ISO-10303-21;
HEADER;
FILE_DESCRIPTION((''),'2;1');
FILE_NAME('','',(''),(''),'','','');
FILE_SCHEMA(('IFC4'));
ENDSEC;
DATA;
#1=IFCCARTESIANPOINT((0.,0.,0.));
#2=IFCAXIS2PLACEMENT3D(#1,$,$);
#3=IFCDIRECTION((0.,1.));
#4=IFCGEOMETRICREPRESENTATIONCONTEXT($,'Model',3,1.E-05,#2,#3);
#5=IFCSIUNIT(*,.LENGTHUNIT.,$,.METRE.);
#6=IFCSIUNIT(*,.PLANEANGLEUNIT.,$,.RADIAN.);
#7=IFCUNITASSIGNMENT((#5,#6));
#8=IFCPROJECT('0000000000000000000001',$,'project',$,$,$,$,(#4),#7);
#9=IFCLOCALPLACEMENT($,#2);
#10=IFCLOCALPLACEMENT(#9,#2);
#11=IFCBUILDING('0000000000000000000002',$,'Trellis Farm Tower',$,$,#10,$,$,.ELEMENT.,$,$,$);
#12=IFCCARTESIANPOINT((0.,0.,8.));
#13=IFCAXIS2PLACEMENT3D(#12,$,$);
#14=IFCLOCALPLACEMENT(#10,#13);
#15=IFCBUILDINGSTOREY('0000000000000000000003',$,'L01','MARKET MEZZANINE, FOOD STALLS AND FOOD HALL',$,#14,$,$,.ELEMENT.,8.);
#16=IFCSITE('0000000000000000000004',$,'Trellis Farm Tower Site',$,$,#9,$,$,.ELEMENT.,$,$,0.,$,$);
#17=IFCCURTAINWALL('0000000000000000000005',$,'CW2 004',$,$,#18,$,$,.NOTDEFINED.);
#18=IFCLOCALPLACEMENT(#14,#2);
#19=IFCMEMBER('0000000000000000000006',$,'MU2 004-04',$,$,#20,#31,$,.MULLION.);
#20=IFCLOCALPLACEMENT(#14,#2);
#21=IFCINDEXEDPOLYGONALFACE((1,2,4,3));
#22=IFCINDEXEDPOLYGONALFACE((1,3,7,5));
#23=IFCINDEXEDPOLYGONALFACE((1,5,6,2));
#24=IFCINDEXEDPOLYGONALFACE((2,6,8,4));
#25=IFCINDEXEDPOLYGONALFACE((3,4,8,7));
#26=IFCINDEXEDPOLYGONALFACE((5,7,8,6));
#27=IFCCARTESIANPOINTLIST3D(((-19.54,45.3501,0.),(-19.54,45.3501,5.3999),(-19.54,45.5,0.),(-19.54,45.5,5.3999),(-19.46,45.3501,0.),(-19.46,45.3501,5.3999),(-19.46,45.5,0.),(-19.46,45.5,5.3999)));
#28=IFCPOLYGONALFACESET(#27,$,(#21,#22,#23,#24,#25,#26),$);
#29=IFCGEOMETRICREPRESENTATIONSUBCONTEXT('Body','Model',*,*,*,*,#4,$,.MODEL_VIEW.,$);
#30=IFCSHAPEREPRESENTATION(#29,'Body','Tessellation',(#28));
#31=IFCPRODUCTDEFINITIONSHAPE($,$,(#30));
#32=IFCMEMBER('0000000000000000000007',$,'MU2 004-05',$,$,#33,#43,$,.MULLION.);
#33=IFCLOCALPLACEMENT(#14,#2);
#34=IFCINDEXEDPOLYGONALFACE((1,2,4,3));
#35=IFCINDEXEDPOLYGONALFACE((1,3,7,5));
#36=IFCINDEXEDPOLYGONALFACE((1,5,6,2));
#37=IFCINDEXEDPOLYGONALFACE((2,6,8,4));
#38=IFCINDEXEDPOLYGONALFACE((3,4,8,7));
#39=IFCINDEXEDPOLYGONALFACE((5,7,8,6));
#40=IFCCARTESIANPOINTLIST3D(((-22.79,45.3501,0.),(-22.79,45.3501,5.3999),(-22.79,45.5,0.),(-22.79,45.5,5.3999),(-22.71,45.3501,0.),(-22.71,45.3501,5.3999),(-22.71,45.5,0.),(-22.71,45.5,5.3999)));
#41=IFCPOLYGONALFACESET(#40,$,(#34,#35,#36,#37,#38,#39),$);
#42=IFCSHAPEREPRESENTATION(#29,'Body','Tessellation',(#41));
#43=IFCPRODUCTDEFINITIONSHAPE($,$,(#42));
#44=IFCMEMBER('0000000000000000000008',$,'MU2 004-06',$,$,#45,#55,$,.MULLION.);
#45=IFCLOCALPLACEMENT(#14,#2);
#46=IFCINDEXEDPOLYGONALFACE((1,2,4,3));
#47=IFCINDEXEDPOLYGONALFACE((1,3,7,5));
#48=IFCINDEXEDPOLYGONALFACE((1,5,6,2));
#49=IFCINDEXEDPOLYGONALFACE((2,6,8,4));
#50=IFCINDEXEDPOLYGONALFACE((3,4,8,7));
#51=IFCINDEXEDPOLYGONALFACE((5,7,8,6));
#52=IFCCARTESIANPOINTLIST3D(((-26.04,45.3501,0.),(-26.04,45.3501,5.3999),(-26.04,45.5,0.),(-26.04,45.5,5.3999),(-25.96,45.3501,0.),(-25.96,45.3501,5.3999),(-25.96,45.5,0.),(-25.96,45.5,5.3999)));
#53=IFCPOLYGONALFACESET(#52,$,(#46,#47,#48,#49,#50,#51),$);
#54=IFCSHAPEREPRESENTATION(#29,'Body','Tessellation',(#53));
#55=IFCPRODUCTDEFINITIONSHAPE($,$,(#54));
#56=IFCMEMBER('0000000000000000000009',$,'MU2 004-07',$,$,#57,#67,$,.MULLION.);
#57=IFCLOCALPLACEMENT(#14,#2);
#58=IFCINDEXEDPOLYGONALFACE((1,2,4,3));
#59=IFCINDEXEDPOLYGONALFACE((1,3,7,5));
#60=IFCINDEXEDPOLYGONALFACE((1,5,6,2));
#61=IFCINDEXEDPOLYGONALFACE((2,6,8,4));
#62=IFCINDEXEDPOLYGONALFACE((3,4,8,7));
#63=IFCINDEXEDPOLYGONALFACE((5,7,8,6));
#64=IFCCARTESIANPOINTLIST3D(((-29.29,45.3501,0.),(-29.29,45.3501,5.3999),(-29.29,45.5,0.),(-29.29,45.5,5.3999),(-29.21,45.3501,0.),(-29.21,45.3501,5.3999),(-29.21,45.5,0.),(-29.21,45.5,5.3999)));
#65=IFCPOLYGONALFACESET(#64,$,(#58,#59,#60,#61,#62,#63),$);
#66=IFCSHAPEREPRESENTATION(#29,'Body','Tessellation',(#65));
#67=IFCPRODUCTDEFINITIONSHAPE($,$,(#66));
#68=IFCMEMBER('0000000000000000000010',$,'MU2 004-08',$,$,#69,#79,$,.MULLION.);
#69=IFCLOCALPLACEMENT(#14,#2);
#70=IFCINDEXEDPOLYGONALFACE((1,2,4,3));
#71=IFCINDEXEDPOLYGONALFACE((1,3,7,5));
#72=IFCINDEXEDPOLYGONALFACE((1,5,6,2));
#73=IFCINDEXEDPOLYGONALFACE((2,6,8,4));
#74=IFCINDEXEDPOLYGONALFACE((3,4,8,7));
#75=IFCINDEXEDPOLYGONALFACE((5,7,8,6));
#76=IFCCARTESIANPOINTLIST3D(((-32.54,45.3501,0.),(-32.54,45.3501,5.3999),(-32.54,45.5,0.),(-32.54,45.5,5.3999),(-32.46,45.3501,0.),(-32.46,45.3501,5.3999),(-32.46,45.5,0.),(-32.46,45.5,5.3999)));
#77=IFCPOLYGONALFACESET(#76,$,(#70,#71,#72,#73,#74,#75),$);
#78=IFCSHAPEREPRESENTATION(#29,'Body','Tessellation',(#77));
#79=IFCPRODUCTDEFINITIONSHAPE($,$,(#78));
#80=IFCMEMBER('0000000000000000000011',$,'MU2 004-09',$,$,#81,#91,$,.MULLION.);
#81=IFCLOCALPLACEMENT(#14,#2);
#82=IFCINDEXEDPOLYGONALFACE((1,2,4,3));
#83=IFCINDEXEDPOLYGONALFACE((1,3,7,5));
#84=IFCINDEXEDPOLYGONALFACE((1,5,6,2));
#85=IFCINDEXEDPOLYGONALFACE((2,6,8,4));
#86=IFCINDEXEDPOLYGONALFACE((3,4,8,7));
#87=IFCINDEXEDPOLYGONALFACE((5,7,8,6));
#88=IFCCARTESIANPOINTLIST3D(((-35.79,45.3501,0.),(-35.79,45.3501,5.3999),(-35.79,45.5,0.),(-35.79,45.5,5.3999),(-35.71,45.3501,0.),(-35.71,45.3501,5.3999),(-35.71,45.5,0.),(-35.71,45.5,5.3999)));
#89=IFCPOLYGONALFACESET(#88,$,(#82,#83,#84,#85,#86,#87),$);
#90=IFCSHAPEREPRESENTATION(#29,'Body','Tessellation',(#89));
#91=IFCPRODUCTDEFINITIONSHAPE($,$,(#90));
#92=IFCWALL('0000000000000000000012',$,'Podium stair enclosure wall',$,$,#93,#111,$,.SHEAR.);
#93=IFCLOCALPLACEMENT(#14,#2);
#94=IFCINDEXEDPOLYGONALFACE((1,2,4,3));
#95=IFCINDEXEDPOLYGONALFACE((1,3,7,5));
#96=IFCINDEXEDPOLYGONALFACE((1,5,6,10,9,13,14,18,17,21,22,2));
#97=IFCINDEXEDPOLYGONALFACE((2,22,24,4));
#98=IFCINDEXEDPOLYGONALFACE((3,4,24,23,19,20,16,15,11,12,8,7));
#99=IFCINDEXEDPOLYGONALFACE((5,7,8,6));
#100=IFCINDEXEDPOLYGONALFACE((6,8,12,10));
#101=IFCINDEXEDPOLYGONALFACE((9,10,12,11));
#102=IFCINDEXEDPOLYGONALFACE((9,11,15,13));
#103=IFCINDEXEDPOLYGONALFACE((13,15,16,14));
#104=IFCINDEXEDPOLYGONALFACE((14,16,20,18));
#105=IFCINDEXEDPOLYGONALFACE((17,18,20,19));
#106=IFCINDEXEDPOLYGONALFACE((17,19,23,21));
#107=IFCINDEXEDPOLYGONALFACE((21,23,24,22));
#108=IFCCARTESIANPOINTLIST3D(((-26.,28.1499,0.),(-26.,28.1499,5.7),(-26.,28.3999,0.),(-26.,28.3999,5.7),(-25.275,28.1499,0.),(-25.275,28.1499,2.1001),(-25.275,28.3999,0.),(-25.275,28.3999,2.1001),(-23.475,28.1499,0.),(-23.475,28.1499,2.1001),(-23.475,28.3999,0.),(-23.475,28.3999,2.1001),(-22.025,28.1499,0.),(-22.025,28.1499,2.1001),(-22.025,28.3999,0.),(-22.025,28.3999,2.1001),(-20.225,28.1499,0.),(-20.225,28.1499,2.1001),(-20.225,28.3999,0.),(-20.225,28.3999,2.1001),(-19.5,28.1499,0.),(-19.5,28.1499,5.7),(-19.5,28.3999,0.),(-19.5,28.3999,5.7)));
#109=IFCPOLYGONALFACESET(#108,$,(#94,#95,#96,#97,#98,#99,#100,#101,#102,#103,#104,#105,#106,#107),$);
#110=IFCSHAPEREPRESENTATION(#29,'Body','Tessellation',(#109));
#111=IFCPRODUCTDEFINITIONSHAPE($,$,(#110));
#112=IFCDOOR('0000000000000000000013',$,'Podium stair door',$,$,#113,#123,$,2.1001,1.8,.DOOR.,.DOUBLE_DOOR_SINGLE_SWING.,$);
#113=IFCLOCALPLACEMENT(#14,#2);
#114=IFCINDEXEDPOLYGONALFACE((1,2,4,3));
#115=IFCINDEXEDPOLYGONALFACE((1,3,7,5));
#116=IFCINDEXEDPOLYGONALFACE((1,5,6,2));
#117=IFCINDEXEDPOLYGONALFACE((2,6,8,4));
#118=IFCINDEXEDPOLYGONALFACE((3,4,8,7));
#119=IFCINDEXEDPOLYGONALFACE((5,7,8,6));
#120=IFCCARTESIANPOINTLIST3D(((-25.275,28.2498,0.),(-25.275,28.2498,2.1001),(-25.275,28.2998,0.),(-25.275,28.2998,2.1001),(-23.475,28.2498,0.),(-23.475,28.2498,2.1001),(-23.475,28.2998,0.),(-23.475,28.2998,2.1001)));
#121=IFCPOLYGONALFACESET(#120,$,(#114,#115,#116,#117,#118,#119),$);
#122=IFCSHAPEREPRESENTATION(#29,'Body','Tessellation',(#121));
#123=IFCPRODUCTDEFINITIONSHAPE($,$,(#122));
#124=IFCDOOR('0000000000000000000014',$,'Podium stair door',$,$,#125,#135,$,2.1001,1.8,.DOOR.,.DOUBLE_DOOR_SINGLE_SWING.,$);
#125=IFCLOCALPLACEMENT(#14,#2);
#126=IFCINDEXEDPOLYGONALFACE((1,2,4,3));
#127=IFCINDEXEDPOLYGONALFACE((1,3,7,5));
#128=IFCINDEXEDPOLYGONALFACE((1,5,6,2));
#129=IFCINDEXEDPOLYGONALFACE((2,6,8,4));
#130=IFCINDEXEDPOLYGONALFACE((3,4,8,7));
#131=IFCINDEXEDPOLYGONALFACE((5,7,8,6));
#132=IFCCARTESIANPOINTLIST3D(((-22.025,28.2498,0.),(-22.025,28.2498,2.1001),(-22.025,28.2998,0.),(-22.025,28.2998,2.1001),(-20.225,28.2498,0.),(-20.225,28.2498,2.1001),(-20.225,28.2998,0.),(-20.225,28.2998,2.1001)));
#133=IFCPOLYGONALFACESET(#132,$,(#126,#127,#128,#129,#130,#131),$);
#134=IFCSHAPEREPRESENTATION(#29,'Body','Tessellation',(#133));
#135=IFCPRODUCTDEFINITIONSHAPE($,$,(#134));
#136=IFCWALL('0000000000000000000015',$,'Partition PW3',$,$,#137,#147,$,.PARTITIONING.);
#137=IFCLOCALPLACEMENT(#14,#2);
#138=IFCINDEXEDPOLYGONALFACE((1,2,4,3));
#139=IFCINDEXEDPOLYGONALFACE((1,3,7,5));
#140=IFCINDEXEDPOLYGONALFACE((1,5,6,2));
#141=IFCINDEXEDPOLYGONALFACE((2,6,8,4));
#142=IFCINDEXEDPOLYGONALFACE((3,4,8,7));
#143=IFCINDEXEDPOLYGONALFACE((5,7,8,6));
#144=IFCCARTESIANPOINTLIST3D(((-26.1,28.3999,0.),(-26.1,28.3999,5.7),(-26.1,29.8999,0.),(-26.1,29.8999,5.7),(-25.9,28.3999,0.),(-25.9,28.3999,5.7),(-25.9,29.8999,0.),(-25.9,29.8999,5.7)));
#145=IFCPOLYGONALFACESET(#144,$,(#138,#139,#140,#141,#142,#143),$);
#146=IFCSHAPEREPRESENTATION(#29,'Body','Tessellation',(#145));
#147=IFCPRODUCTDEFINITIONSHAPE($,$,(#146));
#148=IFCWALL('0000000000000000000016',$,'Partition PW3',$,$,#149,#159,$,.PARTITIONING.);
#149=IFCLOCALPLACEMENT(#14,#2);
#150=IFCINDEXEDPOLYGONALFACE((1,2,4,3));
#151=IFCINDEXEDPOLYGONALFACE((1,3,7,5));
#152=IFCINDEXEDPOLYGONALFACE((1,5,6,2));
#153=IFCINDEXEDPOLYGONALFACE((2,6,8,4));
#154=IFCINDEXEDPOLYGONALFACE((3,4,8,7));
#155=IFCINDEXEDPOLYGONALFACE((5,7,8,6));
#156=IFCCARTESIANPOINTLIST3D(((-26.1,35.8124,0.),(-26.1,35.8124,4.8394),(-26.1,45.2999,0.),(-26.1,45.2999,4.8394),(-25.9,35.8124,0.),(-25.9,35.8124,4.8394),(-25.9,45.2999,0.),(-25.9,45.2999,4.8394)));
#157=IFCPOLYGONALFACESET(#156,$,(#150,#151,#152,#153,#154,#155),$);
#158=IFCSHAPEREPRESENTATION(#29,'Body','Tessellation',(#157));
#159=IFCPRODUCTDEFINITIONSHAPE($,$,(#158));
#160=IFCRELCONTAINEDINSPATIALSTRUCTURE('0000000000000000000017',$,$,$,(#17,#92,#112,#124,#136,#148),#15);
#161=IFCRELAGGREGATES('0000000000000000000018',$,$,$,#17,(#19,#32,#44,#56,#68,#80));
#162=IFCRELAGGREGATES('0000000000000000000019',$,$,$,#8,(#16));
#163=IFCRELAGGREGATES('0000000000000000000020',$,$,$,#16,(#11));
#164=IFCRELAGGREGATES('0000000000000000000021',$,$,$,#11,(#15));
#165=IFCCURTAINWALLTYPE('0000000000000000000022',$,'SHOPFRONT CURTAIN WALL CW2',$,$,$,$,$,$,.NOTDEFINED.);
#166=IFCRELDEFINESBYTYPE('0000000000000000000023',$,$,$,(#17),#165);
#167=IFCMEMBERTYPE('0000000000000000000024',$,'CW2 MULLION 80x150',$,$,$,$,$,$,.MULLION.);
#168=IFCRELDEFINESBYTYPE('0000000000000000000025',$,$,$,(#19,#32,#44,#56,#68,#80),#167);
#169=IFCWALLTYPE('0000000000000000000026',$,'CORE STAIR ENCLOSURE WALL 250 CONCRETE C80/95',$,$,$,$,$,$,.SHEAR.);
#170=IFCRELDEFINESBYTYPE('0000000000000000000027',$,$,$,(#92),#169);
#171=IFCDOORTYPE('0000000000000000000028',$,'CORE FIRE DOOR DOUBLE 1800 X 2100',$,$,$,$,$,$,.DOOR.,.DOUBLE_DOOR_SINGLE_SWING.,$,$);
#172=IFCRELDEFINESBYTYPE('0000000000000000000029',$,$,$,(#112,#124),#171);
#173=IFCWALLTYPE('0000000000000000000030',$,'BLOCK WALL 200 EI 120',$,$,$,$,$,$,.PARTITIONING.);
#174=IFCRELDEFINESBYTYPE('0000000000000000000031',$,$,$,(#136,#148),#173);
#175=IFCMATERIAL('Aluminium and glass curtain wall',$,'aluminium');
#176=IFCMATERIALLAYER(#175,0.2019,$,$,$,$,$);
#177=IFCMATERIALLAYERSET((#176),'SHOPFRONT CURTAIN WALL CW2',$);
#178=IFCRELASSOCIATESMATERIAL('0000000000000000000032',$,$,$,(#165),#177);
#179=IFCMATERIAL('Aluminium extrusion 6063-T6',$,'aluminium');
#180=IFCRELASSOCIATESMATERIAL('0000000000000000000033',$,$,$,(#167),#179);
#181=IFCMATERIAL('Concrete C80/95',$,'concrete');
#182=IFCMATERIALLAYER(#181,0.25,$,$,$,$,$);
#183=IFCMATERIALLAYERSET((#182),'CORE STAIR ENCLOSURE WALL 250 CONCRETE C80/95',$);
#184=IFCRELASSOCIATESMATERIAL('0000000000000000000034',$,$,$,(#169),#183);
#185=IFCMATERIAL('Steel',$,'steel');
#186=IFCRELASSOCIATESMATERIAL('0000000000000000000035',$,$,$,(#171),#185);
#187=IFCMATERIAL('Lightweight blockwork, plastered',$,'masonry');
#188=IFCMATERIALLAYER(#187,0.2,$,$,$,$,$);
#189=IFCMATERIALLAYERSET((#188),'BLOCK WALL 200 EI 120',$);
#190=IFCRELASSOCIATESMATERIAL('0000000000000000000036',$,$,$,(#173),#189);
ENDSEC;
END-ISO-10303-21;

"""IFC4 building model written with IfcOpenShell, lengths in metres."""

from ifc_helpers import new_model, si_unit, direction, frame, frame_2d, origin, origin_2d, place, context, subcontext, project, spatial, rectangle, extrude, source, transform, mapped, material, layer, layer_set, material_profile, profile_set, type_object, element, fill, aggregate, save


model = new_model("IFC4")

# Units and contexts
model_context = context("Model", 3, precision=1e-05, world=origin(), true_north=direction((0.0, 1.0)))
body_context = subcontext(model_context, "Body", "Model", "MODEL_VIEW")
ifc_project = project(units=[si_unit("LENGTHUNIT", "METRE"), si_unit("PLANEANGLEUNIT", "RADIAN")], contexts=[model_context])

# Site, building, storey
site_placement = place(None, origin())
site = spatial("IfcSite", under=ifc_project, at=site_placement, Name="Trellis Farm Tower Site", CompositionType="ELEMENT", RefElevation=0.0)
building_placement = place(site_placement, origin())
building = spatial("IfcBuilding", under=site, at=building_placement, Name="Trellis Farm Tower", CompositionType="ELEMENT")
storey_placement = place(building_placement, frame((0.0, 0.0, 8.0)))
storey = spatial("IfcBuildingStorey", under=building, at=storey_placement, Name="L01", Description="MARKET MEZZANINE, FOOD STALLS AND FOOD HALL", CompositionType="ELEMENT", Elevation=8.0)

# Curtain wall, members
ifc_material_1 = material(Name="Aluminium and glass curtain wall", Category="aluminium")
ifc_layer_1 = layer(ifc_material_1, 0.2019)
ifc_layer_set_1 = layer_set([ifc_layer_1], Name="SHOPFRONT CURTAIN WALL CW2")
curtain_wall_type = type_object("IfcCurtainWallType", Name="SHOPFRONT CURTAIN WALL CW2", PredefinedType="NOTDEFINED", material=ifc_layer_set_1)
placement = place(storey_placement, origin())
curtain_wall = element("IfcCurtainWall", 1, at=placement, inside=storey, type_object=curtain_wall_type, Name="CW2 004", PredefinedType="NOTDEFINED")
ifc_material_2 = material(Name="Aluminium extrusion 6063-T6", Category="aluminium")
ifc_material_profile_1 = material_profile(ifc_material_2, rectangle(XDim=0.0801, YDim=0.1499, at=origin_2d()), Name="MULLION 80x150")
ifc_profile_set_1 = profile_set([ifc_material_profile_1], Name="Aluminium extrusion 6063-T6")
member_type = type_object("IfcMemberType", Name="CW2 MULLION 80x150", PredefinedType="MULLION", material=ifc_profile_set_1)
shared_shape_1 = source(origin(), body_context, "Body", "SweptSolid", [
    extrude(rectangle(XDim=0.0801, YDim=0.1499, at=origin_2d()), origin(), (0.0, 0.0, 1.0), 5.3999),
])
member_1_placement = place(storey_placement, frame((-19.5, 45.425, 0.0), z_axis=(0.0, 0.0, 1.0), x_axis=(-1.0, 0.0, 0.0)))
member_1 = element("IfcMember", 2, at=member_1_placement, type_object=member_type, Name="MU2 004-04", PredefinedType="MULLION", context=body_context, shape_type="MappedRepresentation", body=[
    mapped(shared_shape_1, transform((0.0, 0.0, 0.0))),
])
member_2_placement = place(storey_placement, frame((-22.75, 45.425, 0.0), z_axis=(0.0, 0.0, 1.0), x_axis=(-1.0, 0.0, 0.0)))
member_2 = element("IfcMember", 3, at=member_2_placement, type_object=member_type, Name="MU2 004-05", PredefinedType="MULLION", context=body_context, shape_type="MappedRepresentation", body=[
    mapped(shared_shape_1, transform((0.0, 0.0, 0.0))),
])
member_3_placement = place(storey_placement, frame((-26.0, 45.425, 0.0), z_axis=(0.0, 0.0, 1.0), x_axis=(-1.0, 0.0, 0.0)))
member_3 = element("IfcMember", 4, at=member_3_placement, type_object=member_type, Name="MU2 004-06", PredefinedType="MULLION", context=body_context, shape_type="MappedRepresentation", body=[
    mapped(shared_shape_1, transform((0.0, 0.0, 0.0))),
])
member_4_placement = place(storey_placement, frame((-29.25, 45.425, 0.0), z_axis=(0.0, 0.0, 1.0), x_axis=(-1.0, 0.0, 0.0)))
member_4 = element("IfcMember", 5, at=member_4_placement, type_object=member_type, Name="MU2 004-07", PredefinedType="MULLION", context=body_context, shape_type="MappedRepresentation", body=[
    mapped(shared_shape_1, transform((0.0, 0.0, 0.0))),
])
member_5_placement = place(storey_placement, frame((-32.5, 45.425, 0.0), z_axis=(0.0, 0.0, 1.0), x_axis=(-1.0, 0.0, 0.0)))
member_5 = element("IfcMember", 6, at=member_5_placement, type_object=member_type, Name="MU2 004-08", PredefinedType="MULLION", context=body_context, shape_type="MappedRepresentation", body=[
    mapped(shared_shape_1, transform((0.0, 0.0, 0.0))),
])
member_6_placement = place(storey_placement, frame((-35.75, 45.425, 0.0), z_axis=(0.0, 0.0, 1.0), x_axis=(-1.0, 0.0, 0.0)))
member_6 = element("IfcMember", 7, at=member_6_placement, type_object=member_type, Name="MU2 004-09", PredefinedType="MULLION", context=body_context, shape_type="MappedRepresentation", body=[
    mapped(shared_shape_1, transform((0.0, 0.0, 0.0))),
])
aggregate(curtain_wall, [member_1, member_2, member_3, member_4, member_5, member_6])

# Wall, openings, doors
ifc_material_3 = material(Name="Concrete C80/95", Category="concrete")
ifc_layer_2 = layer(ifc_material_3, 0.25)
ifc_layer_set_2 = layer_set([ifc_layer_2], Name="CORE STAIR ENCLOSURE WALL 250 CONCRETE C80/95")
wall_type_1 = type_object("IfcWallType", Name="CORE STAIR ENCLOSURE WALL 250 CONCRETE C80/95", PredefinedType="SHEAR", material=ifc_layer_set_2)
shared_shape_2 = source(origin(), body_context, "Body", "SweptSolid", [
    extrude(rectangle(XDim=6.5, YDim=0.25, at=frame_2d((3.25, 0.0))), origin(), (0.0, 0.0, 1.0), 5.7),
])
wall_1_placement = place(storey_placement, frame((-26.0, 28.2749, 0.0), z_axis=(0.0, 0.0, 1.0), x_axis=(1.0, 0.0, 0.0)))
wall_1 = element("IfcWall", 8, at=wall_1_placement, inside=storey, type_object=wall_type_1, Name="Podium stair enclosure wall", PredefinedType="SHEAR", context=body_context, shape_type="MappedRepresentation", body=[
    mapped(shared_shape_2, transform((0.0, 0.0, 0.0))),
])
shared_shape_3 = source(origin(), body_context, "Body", "SweptSolid", [
    extrude(rectangle(XDim=1.8, YDim=2.1001, at=frame_2d((0.8999, 1.05))), frame((0.0, 0.135, 0.0), z_axis=(0.0, -1.0, 0.0), x_axis=(1.0, 0.0, 0.0)), (0.0, 0.0, 1.0), 0.27),
])
opening_1_placement = place(wall_1_placement, frame((0.7251, 0.0, 0.0)))
opening_1 = element("IfcOpeningElement", 9, at=opening_1_placement, cuts=wall_1, PredefinedType="OPENING", context=body_context, shape_type="MappedRepresentation", body=[
    mapped(shared_shape_3, transform((0.0, 0.0, 0.0))),
])
opening_2_placement = place(wall_1_placement, frame((3.9751, 0.0, 0.0)))
opening_2 = element("IfcOpeningElement", 10, at=opening_2_placement, cuts=wall_1, PredefinedType="OPENING", context=body_context, shape_type="MappedRepresentation", body=[
    mapped(shared_shape_3, transform((0.0, 0.0, 0.0))),
])
ifc_material_4 = material(Name="Steel", Category="steel")
door_type_1 = type_object("IfcDoorType", Name="CORE FIRE DOOR DOUBLE 1800 X 2100", OperationType="DOUBLE_DOOR_SINGLE_SWING", PredefinedType="DOOR", material=ifc_material_4)
shared_shape_4 = source(origin(), body_context, "Body", "SweptSolid", [
    extrude(rectangle(XDim=1.8, YDim=2.1001, at=frame_2d((0.8999, 1.05))), frame((0.0, 0.0249, 0.0), z_axis=(0.0, -1.0, 0.0), x_axis=(1.0, 0.0, 0.0)), (0.0, 0.0, 1.0), 0.05),
])
door_1_placement = place(opening_1_placement, origin())
door_1 = element("IfcDoor", 11, at=door_1_placement, inside=storey, type_object=door_type_1, Name="Podium stair door", OperationType="DOUBLE_DOOR_SINGLE_SWING", OverallHeight=2.1001, OverallWidth=1.8, PredefinedType="DOOR", context=body_context, shape_type="MappedRepresentation", body=[
    mapped(shared_shape_4, transform((0.0, 0.0, 0.0))),
])
fill(opening_1, door_1)
door_2_placement = place(opening_2_placement, origin())
door_2 = element("IfcDoor", 12, at=door_2_placement, inside=storey, type_object=door_type_1, Name="Podium stair door", OperationType="DOUBLE_DOOR_SINGLE_SWING", OverallHeight=2.1001, OverallWidth=1.8, PredefinedType="DOOR", context=body_context, shape_type="MappedRepresentation", body=[
    mapped(shared_shape_4, transform((0.0, 0.0, 0.0))),
])
fill(opening_2, door_2)

# Walls
ifc_material_5 = material(Name="Lightweight blockwork, plastered", Category="masonry")
ifc_layer_3 = layer(ifc_material_5, 0.2)
ifc_layer_set_3 = layer_set([ifc_layer_3], Name="BLOCK WALL 200 EI 120")
wall_type_2 = type_object("IfcWallType", Name="BLOCK WALL 200 EI 120", PredefinedType="PARTITIONING", material=ifc_layer_set_3)
shared_shape_5 = source(origin(), body_context, "Body", "SweptSolid", [
    extrude(rectangle(XDim=1.5, YDim=0.2, at=frame_2d((0.75, 0.0))), origin(), (0.0, 0.0, 1.0), 5.7),
])
wall_2_placement = place(storey_placement, frame((-26.0, 29.8999, 0.0), z_axis=(0.0, 0.0, 1.0), x_axis=(0.0, -1.0, 0.0)))
element("IfcWall", 13, at=wall_2_placement, inside=storey, type_object=wall_type_2, Name="Partition PW3", PredefinedType="PARTITIONING", context=body_context, shape_type="MappedRepresentation", body=[
    mapped(shared_shape_5, transform((0.0, 0.0, 0.0))),
])
shared_shape_6 = source(origin(), body_context, "Body", "SweptSolid", [
    extrude(rectangle(XDim=9.4875, YDim=0.2, at=frame_2d((4.7437, 0.0))), origin(), (0.0, 0.0, 1.0), 4.8394),
])
wall_3_placement = place(storey_placement, frame((-26.0, 35.8125, 0.0), z_axis=(0.0, 0.0, 1.0), x_axis=(0.0, 1.0, 0.0)))
element("IfcWall", 14, at=wall_3_placement, inside=storey, type_object=wall_type_2, Name="Partition PW3", PredefinedType="PARTITIONING", context=body_context, shape_type="MappedRepresentation", body=[
    mapped(shared_shape_6, transform((0.0, 0.0, 0.0))),
])

save(model, "model.ifc")
